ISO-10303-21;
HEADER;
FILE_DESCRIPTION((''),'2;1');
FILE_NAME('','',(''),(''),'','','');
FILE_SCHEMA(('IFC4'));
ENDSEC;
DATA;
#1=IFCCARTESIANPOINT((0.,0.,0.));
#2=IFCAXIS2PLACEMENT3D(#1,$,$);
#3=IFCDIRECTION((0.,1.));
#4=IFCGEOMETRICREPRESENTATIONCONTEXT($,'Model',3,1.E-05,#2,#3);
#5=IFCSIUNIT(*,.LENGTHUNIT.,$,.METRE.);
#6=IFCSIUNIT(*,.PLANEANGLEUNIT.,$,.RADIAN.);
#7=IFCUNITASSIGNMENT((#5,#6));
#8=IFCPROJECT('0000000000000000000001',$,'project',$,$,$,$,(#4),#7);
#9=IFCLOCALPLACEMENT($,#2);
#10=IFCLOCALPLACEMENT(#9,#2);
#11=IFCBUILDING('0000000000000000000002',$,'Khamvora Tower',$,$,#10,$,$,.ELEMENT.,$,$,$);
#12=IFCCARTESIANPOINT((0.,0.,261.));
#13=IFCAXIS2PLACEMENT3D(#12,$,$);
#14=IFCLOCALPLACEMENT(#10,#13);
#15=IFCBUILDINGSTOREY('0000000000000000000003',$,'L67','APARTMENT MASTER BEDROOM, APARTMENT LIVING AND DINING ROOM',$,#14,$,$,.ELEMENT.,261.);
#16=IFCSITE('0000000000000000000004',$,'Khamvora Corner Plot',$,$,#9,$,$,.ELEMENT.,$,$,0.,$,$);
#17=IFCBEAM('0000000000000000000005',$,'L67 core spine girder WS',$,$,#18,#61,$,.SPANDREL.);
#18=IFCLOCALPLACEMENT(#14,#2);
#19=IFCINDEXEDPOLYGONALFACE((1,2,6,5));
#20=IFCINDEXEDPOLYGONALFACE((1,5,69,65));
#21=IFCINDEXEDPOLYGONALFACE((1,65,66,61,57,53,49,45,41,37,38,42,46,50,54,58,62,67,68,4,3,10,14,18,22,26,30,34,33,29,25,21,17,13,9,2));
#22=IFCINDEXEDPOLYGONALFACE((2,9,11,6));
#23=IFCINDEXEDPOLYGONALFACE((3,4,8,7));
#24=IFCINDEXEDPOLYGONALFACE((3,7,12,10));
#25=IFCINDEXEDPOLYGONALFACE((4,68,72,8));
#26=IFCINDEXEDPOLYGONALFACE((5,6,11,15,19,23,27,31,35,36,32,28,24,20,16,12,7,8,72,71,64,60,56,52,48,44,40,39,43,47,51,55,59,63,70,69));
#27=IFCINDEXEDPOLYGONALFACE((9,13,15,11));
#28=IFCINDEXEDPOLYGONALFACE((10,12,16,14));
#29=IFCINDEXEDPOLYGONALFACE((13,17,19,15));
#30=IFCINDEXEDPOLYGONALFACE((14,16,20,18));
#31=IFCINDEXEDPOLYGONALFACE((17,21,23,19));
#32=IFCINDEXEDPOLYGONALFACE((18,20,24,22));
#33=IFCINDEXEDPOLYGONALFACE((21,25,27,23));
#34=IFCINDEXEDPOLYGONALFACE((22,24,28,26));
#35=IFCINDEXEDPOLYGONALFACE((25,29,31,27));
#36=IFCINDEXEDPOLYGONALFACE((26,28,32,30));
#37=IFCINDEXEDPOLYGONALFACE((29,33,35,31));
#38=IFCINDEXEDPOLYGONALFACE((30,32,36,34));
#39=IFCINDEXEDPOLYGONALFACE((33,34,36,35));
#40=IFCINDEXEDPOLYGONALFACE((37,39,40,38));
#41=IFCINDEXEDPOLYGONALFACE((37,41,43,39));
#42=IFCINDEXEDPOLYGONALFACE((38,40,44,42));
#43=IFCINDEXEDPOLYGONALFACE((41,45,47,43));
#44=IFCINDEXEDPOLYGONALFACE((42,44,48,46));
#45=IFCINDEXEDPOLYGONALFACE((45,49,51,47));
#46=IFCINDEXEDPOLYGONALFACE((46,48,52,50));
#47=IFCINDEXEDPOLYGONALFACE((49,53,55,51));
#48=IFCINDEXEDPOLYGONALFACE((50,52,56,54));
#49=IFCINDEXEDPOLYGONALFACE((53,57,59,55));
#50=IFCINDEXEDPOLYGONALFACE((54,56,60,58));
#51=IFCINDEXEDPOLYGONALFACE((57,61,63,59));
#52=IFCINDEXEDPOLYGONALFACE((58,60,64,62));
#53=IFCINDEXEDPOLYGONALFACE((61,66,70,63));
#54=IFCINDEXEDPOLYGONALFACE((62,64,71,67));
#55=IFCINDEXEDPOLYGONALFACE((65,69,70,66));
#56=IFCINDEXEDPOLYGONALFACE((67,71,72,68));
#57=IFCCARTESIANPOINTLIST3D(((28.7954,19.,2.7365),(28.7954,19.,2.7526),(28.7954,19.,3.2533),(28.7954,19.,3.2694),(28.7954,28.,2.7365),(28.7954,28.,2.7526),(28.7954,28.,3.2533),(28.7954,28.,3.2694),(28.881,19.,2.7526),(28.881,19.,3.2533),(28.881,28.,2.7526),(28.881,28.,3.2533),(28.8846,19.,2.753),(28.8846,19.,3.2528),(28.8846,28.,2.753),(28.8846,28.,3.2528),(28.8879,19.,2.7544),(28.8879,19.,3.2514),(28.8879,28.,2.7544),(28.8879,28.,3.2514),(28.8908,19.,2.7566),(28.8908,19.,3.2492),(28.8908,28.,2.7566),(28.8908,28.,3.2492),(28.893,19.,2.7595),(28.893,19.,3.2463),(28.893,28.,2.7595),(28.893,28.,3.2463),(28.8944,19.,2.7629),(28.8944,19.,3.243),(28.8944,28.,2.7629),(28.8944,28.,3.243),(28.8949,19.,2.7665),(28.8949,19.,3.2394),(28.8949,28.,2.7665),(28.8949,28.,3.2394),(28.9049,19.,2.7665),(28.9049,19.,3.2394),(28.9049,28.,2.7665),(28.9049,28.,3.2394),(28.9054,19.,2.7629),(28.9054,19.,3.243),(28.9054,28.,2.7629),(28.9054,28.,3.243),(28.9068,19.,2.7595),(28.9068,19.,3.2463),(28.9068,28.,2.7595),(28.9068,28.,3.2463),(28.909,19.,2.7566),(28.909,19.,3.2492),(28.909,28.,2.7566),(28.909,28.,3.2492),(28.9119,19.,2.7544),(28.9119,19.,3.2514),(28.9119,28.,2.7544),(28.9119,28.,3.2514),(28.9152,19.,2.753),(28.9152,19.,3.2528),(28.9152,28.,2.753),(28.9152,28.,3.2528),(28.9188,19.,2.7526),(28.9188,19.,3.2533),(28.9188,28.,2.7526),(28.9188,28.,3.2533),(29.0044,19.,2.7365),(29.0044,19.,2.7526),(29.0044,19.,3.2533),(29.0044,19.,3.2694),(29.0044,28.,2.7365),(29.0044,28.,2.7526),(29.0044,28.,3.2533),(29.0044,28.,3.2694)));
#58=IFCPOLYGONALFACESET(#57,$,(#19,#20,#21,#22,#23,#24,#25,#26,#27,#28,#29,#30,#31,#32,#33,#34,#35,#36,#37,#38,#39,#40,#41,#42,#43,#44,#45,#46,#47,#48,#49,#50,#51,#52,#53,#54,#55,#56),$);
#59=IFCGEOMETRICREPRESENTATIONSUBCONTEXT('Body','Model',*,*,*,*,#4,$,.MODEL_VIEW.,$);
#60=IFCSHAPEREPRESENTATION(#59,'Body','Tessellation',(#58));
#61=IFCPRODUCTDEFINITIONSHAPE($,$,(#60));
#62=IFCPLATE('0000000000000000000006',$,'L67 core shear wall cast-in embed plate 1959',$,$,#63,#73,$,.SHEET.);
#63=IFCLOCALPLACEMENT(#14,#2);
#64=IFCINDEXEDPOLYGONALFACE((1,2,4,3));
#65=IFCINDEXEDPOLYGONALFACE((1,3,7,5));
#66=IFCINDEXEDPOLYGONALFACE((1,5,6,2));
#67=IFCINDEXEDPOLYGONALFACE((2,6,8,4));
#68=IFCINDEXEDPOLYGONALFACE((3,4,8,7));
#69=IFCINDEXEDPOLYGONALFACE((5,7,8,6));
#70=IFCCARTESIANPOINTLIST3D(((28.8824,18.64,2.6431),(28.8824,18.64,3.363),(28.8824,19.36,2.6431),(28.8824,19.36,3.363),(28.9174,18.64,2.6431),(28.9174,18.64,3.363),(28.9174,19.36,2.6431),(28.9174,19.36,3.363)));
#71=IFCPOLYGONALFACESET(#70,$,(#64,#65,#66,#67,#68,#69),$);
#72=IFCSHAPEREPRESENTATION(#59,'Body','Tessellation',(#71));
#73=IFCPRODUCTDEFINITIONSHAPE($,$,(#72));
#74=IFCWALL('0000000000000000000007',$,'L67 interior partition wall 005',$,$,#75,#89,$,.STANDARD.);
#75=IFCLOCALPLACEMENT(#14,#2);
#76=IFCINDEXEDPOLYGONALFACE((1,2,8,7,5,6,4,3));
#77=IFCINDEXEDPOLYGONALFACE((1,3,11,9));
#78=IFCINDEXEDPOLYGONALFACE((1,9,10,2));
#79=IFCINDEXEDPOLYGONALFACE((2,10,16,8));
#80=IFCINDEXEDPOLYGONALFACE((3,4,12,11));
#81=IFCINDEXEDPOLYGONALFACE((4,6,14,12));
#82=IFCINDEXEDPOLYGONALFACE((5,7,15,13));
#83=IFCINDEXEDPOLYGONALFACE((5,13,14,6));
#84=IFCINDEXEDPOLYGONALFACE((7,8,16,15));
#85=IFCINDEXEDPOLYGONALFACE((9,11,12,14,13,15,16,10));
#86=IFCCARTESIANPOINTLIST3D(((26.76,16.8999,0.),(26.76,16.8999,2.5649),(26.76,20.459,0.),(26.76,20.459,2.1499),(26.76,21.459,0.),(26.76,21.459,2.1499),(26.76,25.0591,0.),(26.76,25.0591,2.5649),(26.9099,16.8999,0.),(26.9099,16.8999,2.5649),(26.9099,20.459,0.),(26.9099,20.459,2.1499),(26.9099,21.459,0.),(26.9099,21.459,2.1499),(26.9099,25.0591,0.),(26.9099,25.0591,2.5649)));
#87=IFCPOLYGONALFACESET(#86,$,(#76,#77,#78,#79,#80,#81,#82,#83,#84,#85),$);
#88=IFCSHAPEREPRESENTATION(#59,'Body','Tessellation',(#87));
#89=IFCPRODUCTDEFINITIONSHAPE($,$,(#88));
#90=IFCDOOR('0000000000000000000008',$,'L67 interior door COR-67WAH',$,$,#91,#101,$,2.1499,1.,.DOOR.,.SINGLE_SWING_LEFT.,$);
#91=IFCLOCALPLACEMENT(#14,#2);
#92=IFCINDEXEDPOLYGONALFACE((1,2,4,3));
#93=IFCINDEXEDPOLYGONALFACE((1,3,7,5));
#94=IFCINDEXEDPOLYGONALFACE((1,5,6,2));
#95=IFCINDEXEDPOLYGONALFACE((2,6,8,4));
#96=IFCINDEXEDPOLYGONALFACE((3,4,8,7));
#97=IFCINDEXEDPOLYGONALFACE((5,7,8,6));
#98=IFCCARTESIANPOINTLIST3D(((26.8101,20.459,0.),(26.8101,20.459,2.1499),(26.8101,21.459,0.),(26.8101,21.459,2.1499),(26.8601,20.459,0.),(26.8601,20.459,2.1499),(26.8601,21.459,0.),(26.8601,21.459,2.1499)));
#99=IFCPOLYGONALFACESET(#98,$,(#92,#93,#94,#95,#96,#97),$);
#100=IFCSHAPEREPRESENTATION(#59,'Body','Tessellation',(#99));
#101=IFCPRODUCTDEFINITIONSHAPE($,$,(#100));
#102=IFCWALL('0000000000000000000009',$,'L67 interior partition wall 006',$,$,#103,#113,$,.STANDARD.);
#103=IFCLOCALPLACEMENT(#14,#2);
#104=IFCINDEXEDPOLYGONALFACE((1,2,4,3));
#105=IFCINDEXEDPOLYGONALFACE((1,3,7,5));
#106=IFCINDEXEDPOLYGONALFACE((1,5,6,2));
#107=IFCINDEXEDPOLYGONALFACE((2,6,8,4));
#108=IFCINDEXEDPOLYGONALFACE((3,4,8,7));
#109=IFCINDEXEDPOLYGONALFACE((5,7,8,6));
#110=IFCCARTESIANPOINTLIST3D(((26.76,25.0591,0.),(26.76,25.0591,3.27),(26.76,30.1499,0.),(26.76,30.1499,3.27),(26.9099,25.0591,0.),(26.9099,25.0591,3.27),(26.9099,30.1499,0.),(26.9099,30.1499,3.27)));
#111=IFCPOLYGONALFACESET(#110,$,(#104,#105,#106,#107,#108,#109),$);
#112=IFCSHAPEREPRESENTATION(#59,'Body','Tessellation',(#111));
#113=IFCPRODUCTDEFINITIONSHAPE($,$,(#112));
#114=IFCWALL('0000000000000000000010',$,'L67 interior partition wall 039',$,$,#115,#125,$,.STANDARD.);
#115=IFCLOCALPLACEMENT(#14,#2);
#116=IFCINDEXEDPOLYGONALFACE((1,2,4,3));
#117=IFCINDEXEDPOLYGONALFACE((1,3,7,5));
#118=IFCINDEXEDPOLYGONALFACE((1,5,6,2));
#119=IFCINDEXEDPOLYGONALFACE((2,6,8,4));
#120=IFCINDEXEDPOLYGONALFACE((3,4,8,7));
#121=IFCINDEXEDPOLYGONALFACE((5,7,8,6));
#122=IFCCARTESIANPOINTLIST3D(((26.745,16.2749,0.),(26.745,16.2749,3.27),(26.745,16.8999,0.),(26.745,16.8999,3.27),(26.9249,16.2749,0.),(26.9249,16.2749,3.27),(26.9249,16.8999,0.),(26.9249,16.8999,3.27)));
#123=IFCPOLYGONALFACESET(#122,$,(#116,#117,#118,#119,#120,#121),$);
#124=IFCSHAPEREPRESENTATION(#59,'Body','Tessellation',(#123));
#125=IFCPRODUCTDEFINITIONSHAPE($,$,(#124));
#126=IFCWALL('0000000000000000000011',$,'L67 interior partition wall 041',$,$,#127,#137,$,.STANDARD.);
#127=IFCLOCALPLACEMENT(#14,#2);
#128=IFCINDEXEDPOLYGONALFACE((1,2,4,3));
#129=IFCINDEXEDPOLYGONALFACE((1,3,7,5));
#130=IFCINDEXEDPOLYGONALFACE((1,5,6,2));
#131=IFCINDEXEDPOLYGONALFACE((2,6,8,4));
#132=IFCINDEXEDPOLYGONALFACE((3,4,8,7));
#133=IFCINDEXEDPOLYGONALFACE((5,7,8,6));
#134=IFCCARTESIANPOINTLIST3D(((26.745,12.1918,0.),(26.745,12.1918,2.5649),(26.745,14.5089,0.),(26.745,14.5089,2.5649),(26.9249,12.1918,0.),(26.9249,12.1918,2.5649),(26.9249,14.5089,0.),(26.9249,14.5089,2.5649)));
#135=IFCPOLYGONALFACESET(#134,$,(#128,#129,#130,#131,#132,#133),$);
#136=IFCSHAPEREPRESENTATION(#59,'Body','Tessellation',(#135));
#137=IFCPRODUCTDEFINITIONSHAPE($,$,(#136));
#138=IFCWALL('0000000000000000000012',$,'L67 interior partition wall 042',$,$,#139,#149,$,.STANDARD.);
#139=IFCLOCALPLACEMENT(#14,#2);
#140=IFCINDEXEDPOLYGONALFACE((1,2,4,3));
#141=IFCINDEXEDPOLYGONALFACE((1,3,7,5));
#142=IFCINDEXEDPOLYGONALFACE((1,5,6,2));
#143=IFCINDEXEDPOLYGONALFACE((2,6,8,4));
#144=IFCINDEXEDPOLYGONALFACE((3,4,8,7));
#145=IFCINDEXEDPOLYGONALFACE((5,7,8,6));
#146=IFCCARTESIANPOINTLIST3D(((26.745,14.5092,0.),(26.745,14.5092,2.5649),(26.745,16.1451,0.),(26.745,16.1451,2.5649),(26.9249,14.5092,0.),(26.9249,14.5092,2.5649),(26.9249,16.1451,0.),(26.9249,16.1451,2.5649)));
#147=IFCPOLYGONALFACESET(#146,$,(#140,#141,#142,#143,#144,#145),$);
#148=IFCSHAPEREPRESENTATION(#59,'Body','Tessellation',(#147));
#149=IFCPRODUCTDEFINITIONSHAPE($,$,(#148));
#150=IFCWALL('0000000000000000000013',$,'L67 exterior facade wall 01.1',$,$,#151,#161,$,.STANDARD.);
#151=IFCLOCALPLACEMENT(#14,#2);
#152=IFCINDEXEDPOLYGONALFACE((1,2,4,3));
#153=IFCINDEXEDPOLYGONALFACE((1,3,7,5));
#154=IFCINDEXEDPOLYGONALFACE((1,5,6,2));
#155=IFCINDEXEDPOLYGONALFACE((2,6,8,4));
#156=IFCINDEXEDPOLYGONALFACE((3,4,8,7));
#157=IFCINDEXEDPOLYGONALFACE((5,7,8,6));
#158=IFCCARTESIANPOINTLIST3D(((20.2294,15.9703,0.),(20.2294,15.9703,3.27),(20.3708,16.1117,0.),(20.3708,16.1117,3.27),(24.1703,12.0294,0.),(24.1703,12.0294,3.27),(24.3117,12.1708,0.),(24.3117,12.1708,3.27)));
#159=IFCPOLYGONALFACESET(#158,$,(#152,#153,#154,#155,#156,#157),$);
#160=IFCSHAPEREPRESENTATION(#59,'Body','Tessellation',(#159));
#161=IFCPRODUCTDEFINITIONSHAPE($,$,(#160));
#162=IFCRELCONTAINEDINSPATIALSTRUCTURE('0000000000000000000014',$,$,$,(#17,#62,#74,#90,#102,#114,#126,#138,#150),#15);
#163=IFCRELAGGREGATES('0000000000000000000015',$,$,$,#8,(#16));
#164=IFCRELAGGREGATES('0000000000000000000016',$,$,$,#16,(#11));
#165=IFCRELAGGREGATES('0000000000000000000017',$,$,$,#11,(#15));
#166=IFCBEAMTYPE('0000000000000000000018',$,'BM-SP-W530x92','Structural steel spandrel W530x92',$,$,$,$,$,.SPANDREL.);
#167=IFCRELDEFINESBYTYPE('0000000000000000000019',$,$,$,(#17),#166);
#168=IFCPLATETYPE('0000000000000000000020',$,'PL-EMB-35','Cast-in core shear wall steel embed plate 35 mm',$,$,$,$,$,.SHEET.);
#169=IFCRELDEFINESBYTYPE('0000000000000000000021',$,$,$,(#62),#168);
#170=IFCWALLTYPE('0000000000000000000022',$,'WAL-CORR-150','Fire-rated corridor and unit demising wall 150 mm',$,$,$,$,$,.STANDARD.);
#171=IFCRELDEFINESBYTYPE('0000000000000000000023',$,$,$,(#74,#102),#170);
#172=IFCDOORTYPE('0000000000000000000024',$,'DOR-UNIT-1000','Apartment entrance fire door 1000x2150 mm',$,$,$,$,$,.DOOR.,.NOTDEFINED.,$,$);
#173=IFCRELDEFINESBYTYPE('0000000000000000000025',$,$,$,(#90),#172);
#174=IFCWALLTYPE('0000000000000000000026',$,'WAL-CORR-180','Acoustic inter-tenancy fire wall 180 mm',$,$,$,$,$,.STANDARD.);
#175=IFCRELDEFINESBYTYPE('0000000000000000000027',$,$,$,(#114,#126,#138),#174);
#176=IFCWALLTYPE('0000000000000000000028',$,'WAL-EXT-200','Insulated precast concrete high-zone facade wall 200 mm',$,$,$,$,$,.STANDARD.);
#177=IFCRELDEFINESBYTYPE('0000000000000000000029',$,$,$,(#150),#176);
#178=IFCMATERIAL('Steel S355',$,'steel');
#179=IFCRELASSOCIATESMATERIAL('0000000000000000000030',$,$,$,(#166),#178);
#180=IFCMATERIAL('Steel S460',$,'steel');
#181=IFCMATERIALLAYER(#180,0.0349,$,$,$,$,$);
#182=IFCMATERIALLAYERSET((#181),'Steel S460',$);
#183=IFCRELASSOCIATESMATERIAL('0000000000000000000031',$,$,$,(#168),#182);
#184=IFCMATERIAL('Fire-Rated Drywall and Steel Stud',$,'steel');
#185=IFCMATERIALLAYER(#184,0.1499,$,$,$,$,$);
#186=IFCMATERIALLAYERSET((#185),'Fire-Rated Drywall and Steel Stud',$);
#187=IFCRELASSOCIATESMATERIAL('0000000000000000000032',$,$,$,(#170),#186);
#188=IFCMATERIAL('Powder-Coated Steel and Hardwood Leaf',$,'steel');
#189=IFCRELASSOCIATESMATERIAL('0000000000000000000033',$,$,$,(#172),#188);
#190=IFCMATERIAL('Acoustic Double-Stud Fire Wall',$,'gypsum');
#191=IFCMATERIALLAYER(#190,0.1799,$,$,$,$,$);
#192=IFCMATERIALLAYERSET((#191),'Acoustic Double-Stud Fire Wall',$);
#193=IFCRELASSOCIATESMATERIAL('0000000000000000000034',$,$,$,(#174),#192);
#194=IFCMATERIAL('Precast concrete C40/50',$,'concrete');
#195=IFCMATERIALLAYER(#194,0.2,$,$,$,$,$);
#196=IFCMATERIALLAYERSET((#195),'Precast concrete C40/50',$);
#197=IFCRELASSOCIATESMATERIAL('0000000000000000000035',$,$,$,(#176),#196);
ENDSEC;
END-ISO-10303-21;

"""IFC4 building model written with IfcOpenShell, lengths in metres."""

from ifc_helpers import new_model, si_unit, direction, frame, frame_2d, origin, origin_2d, place, context, subcontext, project, spatial, rectangle, i_section, extrude, material, layer, layer_set, material_profile, profile_set, type_object, element, fill, save


model = new_model("IFC4")

# Units and contexts
model_context = context("Model", 3, precision=1e-05, world=origin(), true_north=direction((0.0, 1.0)))
body_context = subcontext(model_context, "Body", "Model", "MODEL_VIEW")
ifc_project = project(units=[si_unit("LENGTHUNIT", "METRE"), si_unit("PLANEANGLEUNIT", "RADIAN")], contexts=[model_context])

# Site, building, storey
site_placement = place(None, origin())
site = spatial("IfcSite", under=ifc_project, at=site_placement, Name="Khamvora Corner Plot", CompositionType="ELEMENT", RefElevation=0.0)
building_placement = place(site_placement, origin())
building = spatial("IfcBuilding", under=site, at=building_placement, Name="Khamvora Tower", CompositionType="ELEMENT")
storey_placement = place(building_placement, frame((0.0, 0.0, 261.0)))
storey = spatial("IfcBuildingStorey", under=building, at=storey_placement, Name="L67", Description="APARTMENT MASTER BEDROOM, APARTMENT LIVING AND DINING ROOM", CompositionType="ELEMENT", Elevation=261.0)

# Shared definitions
ifc_material_1 = material(Name="Steel S355", Category="steel")

# Beam
ifc_material_profile_1 = material_profile(ifc_material_1, i_section(OverallWidth=0.209, OverallDepth=0.533, WebThickness=0.01, FlangeThickness=0.0161, FilletRadius=0.0139, at=origin_2d()), Name="W530x92")
ifc_profile_set_1 = profile_set([ifc_material_profile_1], Name="Steel S355")
beam_type_1 = type_object("IfcBeamType", Name="BM-SP-W530x92", Description="Structural steel spandrel W530x92", PredefinedType="SPANDREL", material=ifc_profile_set_1)
beam_1_placement = place(storey_placement, frame((28.8999, 19.0, 3.0029), z_axis=(0.0, 1.0, 0.0), x_axis=(-1.0, 0.0, 0.0)))
element("IfcBeam", 1, at=beam_1_placement, inside=storey, type_object=beam_type_1, Name="L67 core spine girder WS", PredefinedType="SPANDREL", context=body_context, shape_type="SweptSolid", body=[
    extrude(i_section(OverallWidth=0.209, OverallDepth=0.533, WebThickness=0.01, FlangeThickness=0.0161, FilletRadius=0.0139, at=origin_2d()), origin(), (0.0, 0.0, 1.0), 9.0),
])

# Plate
ifc_material_2 = material(Name="Steel S460", Category="steel")
ifc_layer_1 = layer(ifc_material_2, 0.0349)
ifc_layer_set_1 = layer_set([ifc_layer_1], Name="Steel S460")
plate_type = type_object("IfcPlateType", Name="PL-EMB-35", Description="Cast-in core shear wall steel embed plate 35 mm", PredefinedType="SHEET", material=ifc_layer_set_1)
plate_placement = place(storey_placement, frame((28.8999, 19.0, 2.6431), z_axis=(0.0, 0.0, 1.0), x_axis=(1.0, 0.0, 0.0)))
element("IfcPlate", 2, at=plate_placement, inside=storey, type_object=plate_type, Name="L67 core shear wall cast-in embed plate 1959", PredefinedType="SHEET", context=body_context, shape_type="SweptSolid", body=[
    extrude(rectangle(XDim=0.0349, YDim=0.72, at=origin_2d()), origin(), (0.0, 0.0, 1.0), 0.72),
])

# Wall, opening, door
ifc_material_3 = material(Name="Fire-Rated Drywall and Steel Stud", Category="steel")
ifc_layer_2 = layer(ifc_material_3, 0.1499)
ifc_layer_set_2 = layer_set([ifc_layer_2], Name="Fire-Rated Drywall and Steel Stud")
wall_type_1 = type_object("IfcWallType", Name="WAL-CORR-150", Description="Fire-rated corridor and unit demising wall 150 mm", PredefinedType="STANDARD", material=ifc_layer_set_2)
wall_1_placement = place(storey_placement, frame((26.835, 16.8999, 0.0), z_axis=(0.0, 0.0, 1.0), x_axis=(0.0, 1.0, 0.0)))
wall_1 = element("IfcWall", 3, at=wall_1_placement, inside=storey, type_object=wall_type_1, Name="L67 interior partition wall 005", PredefinedType="STANDARD", context=body_context, shape_type="SweptSolid", body=[
    extrude(rectangle(XDim=8.1592, YDim=0.1499, at=frame_2d((4.0796, 0.0))), origin(), (0.0, 0.0, 1.0), 2.5649),
])
opening_1_placement = place(wall_1_placement, frame((3.5591, 0.0, 0.0)))
opening_1 = element("IfcOpeningElement", 4, at=opening_1_placement, cuts=wall_1, PredefinedType="OPENING", context=body_context, shape_type="SweptSolid", body=[
    extrude(rectangle(XDim=1.0, YDim=2.1499, at=frame_2d((0.5, 1.075))), frame((0.0, 0.085, 0.0), z_axis=(0.0, -1.0, 0.0), x_axis=(1.0, 0.0, 0.0)), (0.0, 0.0, 1.0), 0.1699),
])
ifc_material_4 = material(Name="Powder-Coated Steel and Hardwood Leaf", Category="steel")
door_type_1 = type_object("IfcDoorType", Name="DOR-UNIT-1000", Description="Apartment entrance fire door 1000x2150 mm", OperationType="NOTDEFINED", PredefinedType="DOOR", material=ifc_material_4)
door_1_placement = place(opening_1_placement, origin())
door_1 = element("IfcDoor", 5, at=door_1_placement, inside=storey, type_object=door_type_1, Name="L67 interior door COR-67WAH", OperationType="SINGLE_SWING_LEFT", OverallHeight=2.1499, OverallWidth=1.0, PredefinedType="DOOR", context=body_context, shape_type="SweptSolid", body=[
    extrude(rectangle(XDim=1.0, YDim=2.1499, at=frame_2d((0.5, 1.075))), frame((0.0, 0.0249, 0.0), z_axis=(0.0, -1.0, 0.0), x_axis=(1.0, 0.0, 0.0)), (0.0, 0.0, 1.0), 0.05),
])
fill(opening_1, door_1)

# Walls
wall_2_placement = place(storey_placement, frame((26.835, 25.0591, 0.0), z_axis=(0.0, 0.0, 1.0), x_axis=(0.0, 1.0, 0.0)))
element("IfcWall", 6, at=wall_2_placement, inside=storey, type_object=wall_type_1, Name="L67 interior partition wall 006", PredefinedType="STANDARD", context=body_context, shape_type="SweptSolid", body=[
    extrude(rectangle(XDim=5.0908, YDim=0.1499, at=frame_2d((2.5454, 0.0))), origin(), (0.0, 0.0, 1.0), 3.27),
])
ifc_material_5 = material(Name="Acoustic Double-Stud Fire Wall", Category="gypsum")
ifc_layer_3 = layer(ifc_material_5, 0.1799)
ifc_layer_set_3 = layer_set([ifc_layer_3], Name="Acoustic Double-Stud Fire Wall")
wall_type_2 = type_object("IfcWallType", Name="WAL-CORR-180", Description="Acoustic inter-tenancy fire wall 180 mm", PredefinedType="STANDARD", material=ifc_layer_set_3)
wall_3_placement = place(storey_placement, frame((26.835, 16.8999, 0.0), z_axis=(0.0, 0.0, 1.0), x_axis=(0.0, -1.0, 0.0)))
element("IfcWall", 7, at=wall_3_placement, inside=storey, type_object=wall_type_2, Name="L67 interior partition wall 039", PredefinedType="STANDARD", context=body_context, shape_type="SweptSolid", body=[
    extrude(rectangle(XDim=0.625, YDim=0.1799, at=frame_2d((0.3125, 0.0))), origin(), (0.0, 0.0, 1.0), 3.27),
])
wall_4_placement = place(storey_placement, frame((26.835, 14.509, 0.0), z_axis=(0.0, 0.0, 1.0), x_axis=(0.0, -1.0, 0.0)))
element("IfcWall", 8, at=wall_4_placement, inside=storey, type_object=wall_type_2, Name="L67 interior partition wall 041", PredefinedType="STANDARD", context=body_context, shape_type="SweptSolid", body=[
    extrude(rectangle(XDim=2.3171, YDim=0.1799, at=frame_2d((1.1587, 0.0))), origin(), (0.0, 0.0, 1.0), 2.5649),
])
wall_5_placement = place(storey_placement, frame((26.835, 16.145, 0.0), z_axis=(0.0, 0.0, 1.0), x_axis=(0.0, -1.0, 0.0)))
element("IfcWall", 9, at=wall_5_placement, inside=storey, type_object=wall_type_2, Name="L67 interior partition wall 042", PredefinedType="STANDARD", context=body_context, shape_type="SweptSolid", body=[
    extrude(rectangle(XDim=1.636, YDim=0.1799, at=frame_2d((0.8179, 0.0))), origin(), (0.0, 0.0, 1.0), 2.5649),
])
ifc_material_6 = material(Name="Precast concrete C40/50", Category="concrete")
ifc_layer_4 = layer(ifc_material_6, 0.2)
ifc_layer_set_4 = layer_set([ifc_layer_4], Name="Precast concrete C40/50")
wall_type_3 = type_object("IfcWallType", Name="WAL-EXT-200", Description="Insulated precast concrete high-zone facade wall 200 mm", PredefinedType="STANDARD", material=ifc_layer_set_4)
wall_6_placement = place(storey_placement, frame((24.241, 12.1001, 0.0), z_axis=(0.0, 0.0, 1.0), x_axis=(-0.707107, 0.707107, 0.0)))
element("IfcWall", 10, at=wall_6_placement, inside=storey, type_object=wall_type_3, Name="L67 exterior facade wall 01.1", PredefinedType="STANDARD", context=body_context, shape_type="SweptSolid", body=[
    extrude(rectangle(XDim=5.5732, YDim=0.2, at=frame_2d((2.7866, 0.0))), origin(), (0.0, 0.0, 1.0), 3.27),
])

save(model, "model.ifc")
